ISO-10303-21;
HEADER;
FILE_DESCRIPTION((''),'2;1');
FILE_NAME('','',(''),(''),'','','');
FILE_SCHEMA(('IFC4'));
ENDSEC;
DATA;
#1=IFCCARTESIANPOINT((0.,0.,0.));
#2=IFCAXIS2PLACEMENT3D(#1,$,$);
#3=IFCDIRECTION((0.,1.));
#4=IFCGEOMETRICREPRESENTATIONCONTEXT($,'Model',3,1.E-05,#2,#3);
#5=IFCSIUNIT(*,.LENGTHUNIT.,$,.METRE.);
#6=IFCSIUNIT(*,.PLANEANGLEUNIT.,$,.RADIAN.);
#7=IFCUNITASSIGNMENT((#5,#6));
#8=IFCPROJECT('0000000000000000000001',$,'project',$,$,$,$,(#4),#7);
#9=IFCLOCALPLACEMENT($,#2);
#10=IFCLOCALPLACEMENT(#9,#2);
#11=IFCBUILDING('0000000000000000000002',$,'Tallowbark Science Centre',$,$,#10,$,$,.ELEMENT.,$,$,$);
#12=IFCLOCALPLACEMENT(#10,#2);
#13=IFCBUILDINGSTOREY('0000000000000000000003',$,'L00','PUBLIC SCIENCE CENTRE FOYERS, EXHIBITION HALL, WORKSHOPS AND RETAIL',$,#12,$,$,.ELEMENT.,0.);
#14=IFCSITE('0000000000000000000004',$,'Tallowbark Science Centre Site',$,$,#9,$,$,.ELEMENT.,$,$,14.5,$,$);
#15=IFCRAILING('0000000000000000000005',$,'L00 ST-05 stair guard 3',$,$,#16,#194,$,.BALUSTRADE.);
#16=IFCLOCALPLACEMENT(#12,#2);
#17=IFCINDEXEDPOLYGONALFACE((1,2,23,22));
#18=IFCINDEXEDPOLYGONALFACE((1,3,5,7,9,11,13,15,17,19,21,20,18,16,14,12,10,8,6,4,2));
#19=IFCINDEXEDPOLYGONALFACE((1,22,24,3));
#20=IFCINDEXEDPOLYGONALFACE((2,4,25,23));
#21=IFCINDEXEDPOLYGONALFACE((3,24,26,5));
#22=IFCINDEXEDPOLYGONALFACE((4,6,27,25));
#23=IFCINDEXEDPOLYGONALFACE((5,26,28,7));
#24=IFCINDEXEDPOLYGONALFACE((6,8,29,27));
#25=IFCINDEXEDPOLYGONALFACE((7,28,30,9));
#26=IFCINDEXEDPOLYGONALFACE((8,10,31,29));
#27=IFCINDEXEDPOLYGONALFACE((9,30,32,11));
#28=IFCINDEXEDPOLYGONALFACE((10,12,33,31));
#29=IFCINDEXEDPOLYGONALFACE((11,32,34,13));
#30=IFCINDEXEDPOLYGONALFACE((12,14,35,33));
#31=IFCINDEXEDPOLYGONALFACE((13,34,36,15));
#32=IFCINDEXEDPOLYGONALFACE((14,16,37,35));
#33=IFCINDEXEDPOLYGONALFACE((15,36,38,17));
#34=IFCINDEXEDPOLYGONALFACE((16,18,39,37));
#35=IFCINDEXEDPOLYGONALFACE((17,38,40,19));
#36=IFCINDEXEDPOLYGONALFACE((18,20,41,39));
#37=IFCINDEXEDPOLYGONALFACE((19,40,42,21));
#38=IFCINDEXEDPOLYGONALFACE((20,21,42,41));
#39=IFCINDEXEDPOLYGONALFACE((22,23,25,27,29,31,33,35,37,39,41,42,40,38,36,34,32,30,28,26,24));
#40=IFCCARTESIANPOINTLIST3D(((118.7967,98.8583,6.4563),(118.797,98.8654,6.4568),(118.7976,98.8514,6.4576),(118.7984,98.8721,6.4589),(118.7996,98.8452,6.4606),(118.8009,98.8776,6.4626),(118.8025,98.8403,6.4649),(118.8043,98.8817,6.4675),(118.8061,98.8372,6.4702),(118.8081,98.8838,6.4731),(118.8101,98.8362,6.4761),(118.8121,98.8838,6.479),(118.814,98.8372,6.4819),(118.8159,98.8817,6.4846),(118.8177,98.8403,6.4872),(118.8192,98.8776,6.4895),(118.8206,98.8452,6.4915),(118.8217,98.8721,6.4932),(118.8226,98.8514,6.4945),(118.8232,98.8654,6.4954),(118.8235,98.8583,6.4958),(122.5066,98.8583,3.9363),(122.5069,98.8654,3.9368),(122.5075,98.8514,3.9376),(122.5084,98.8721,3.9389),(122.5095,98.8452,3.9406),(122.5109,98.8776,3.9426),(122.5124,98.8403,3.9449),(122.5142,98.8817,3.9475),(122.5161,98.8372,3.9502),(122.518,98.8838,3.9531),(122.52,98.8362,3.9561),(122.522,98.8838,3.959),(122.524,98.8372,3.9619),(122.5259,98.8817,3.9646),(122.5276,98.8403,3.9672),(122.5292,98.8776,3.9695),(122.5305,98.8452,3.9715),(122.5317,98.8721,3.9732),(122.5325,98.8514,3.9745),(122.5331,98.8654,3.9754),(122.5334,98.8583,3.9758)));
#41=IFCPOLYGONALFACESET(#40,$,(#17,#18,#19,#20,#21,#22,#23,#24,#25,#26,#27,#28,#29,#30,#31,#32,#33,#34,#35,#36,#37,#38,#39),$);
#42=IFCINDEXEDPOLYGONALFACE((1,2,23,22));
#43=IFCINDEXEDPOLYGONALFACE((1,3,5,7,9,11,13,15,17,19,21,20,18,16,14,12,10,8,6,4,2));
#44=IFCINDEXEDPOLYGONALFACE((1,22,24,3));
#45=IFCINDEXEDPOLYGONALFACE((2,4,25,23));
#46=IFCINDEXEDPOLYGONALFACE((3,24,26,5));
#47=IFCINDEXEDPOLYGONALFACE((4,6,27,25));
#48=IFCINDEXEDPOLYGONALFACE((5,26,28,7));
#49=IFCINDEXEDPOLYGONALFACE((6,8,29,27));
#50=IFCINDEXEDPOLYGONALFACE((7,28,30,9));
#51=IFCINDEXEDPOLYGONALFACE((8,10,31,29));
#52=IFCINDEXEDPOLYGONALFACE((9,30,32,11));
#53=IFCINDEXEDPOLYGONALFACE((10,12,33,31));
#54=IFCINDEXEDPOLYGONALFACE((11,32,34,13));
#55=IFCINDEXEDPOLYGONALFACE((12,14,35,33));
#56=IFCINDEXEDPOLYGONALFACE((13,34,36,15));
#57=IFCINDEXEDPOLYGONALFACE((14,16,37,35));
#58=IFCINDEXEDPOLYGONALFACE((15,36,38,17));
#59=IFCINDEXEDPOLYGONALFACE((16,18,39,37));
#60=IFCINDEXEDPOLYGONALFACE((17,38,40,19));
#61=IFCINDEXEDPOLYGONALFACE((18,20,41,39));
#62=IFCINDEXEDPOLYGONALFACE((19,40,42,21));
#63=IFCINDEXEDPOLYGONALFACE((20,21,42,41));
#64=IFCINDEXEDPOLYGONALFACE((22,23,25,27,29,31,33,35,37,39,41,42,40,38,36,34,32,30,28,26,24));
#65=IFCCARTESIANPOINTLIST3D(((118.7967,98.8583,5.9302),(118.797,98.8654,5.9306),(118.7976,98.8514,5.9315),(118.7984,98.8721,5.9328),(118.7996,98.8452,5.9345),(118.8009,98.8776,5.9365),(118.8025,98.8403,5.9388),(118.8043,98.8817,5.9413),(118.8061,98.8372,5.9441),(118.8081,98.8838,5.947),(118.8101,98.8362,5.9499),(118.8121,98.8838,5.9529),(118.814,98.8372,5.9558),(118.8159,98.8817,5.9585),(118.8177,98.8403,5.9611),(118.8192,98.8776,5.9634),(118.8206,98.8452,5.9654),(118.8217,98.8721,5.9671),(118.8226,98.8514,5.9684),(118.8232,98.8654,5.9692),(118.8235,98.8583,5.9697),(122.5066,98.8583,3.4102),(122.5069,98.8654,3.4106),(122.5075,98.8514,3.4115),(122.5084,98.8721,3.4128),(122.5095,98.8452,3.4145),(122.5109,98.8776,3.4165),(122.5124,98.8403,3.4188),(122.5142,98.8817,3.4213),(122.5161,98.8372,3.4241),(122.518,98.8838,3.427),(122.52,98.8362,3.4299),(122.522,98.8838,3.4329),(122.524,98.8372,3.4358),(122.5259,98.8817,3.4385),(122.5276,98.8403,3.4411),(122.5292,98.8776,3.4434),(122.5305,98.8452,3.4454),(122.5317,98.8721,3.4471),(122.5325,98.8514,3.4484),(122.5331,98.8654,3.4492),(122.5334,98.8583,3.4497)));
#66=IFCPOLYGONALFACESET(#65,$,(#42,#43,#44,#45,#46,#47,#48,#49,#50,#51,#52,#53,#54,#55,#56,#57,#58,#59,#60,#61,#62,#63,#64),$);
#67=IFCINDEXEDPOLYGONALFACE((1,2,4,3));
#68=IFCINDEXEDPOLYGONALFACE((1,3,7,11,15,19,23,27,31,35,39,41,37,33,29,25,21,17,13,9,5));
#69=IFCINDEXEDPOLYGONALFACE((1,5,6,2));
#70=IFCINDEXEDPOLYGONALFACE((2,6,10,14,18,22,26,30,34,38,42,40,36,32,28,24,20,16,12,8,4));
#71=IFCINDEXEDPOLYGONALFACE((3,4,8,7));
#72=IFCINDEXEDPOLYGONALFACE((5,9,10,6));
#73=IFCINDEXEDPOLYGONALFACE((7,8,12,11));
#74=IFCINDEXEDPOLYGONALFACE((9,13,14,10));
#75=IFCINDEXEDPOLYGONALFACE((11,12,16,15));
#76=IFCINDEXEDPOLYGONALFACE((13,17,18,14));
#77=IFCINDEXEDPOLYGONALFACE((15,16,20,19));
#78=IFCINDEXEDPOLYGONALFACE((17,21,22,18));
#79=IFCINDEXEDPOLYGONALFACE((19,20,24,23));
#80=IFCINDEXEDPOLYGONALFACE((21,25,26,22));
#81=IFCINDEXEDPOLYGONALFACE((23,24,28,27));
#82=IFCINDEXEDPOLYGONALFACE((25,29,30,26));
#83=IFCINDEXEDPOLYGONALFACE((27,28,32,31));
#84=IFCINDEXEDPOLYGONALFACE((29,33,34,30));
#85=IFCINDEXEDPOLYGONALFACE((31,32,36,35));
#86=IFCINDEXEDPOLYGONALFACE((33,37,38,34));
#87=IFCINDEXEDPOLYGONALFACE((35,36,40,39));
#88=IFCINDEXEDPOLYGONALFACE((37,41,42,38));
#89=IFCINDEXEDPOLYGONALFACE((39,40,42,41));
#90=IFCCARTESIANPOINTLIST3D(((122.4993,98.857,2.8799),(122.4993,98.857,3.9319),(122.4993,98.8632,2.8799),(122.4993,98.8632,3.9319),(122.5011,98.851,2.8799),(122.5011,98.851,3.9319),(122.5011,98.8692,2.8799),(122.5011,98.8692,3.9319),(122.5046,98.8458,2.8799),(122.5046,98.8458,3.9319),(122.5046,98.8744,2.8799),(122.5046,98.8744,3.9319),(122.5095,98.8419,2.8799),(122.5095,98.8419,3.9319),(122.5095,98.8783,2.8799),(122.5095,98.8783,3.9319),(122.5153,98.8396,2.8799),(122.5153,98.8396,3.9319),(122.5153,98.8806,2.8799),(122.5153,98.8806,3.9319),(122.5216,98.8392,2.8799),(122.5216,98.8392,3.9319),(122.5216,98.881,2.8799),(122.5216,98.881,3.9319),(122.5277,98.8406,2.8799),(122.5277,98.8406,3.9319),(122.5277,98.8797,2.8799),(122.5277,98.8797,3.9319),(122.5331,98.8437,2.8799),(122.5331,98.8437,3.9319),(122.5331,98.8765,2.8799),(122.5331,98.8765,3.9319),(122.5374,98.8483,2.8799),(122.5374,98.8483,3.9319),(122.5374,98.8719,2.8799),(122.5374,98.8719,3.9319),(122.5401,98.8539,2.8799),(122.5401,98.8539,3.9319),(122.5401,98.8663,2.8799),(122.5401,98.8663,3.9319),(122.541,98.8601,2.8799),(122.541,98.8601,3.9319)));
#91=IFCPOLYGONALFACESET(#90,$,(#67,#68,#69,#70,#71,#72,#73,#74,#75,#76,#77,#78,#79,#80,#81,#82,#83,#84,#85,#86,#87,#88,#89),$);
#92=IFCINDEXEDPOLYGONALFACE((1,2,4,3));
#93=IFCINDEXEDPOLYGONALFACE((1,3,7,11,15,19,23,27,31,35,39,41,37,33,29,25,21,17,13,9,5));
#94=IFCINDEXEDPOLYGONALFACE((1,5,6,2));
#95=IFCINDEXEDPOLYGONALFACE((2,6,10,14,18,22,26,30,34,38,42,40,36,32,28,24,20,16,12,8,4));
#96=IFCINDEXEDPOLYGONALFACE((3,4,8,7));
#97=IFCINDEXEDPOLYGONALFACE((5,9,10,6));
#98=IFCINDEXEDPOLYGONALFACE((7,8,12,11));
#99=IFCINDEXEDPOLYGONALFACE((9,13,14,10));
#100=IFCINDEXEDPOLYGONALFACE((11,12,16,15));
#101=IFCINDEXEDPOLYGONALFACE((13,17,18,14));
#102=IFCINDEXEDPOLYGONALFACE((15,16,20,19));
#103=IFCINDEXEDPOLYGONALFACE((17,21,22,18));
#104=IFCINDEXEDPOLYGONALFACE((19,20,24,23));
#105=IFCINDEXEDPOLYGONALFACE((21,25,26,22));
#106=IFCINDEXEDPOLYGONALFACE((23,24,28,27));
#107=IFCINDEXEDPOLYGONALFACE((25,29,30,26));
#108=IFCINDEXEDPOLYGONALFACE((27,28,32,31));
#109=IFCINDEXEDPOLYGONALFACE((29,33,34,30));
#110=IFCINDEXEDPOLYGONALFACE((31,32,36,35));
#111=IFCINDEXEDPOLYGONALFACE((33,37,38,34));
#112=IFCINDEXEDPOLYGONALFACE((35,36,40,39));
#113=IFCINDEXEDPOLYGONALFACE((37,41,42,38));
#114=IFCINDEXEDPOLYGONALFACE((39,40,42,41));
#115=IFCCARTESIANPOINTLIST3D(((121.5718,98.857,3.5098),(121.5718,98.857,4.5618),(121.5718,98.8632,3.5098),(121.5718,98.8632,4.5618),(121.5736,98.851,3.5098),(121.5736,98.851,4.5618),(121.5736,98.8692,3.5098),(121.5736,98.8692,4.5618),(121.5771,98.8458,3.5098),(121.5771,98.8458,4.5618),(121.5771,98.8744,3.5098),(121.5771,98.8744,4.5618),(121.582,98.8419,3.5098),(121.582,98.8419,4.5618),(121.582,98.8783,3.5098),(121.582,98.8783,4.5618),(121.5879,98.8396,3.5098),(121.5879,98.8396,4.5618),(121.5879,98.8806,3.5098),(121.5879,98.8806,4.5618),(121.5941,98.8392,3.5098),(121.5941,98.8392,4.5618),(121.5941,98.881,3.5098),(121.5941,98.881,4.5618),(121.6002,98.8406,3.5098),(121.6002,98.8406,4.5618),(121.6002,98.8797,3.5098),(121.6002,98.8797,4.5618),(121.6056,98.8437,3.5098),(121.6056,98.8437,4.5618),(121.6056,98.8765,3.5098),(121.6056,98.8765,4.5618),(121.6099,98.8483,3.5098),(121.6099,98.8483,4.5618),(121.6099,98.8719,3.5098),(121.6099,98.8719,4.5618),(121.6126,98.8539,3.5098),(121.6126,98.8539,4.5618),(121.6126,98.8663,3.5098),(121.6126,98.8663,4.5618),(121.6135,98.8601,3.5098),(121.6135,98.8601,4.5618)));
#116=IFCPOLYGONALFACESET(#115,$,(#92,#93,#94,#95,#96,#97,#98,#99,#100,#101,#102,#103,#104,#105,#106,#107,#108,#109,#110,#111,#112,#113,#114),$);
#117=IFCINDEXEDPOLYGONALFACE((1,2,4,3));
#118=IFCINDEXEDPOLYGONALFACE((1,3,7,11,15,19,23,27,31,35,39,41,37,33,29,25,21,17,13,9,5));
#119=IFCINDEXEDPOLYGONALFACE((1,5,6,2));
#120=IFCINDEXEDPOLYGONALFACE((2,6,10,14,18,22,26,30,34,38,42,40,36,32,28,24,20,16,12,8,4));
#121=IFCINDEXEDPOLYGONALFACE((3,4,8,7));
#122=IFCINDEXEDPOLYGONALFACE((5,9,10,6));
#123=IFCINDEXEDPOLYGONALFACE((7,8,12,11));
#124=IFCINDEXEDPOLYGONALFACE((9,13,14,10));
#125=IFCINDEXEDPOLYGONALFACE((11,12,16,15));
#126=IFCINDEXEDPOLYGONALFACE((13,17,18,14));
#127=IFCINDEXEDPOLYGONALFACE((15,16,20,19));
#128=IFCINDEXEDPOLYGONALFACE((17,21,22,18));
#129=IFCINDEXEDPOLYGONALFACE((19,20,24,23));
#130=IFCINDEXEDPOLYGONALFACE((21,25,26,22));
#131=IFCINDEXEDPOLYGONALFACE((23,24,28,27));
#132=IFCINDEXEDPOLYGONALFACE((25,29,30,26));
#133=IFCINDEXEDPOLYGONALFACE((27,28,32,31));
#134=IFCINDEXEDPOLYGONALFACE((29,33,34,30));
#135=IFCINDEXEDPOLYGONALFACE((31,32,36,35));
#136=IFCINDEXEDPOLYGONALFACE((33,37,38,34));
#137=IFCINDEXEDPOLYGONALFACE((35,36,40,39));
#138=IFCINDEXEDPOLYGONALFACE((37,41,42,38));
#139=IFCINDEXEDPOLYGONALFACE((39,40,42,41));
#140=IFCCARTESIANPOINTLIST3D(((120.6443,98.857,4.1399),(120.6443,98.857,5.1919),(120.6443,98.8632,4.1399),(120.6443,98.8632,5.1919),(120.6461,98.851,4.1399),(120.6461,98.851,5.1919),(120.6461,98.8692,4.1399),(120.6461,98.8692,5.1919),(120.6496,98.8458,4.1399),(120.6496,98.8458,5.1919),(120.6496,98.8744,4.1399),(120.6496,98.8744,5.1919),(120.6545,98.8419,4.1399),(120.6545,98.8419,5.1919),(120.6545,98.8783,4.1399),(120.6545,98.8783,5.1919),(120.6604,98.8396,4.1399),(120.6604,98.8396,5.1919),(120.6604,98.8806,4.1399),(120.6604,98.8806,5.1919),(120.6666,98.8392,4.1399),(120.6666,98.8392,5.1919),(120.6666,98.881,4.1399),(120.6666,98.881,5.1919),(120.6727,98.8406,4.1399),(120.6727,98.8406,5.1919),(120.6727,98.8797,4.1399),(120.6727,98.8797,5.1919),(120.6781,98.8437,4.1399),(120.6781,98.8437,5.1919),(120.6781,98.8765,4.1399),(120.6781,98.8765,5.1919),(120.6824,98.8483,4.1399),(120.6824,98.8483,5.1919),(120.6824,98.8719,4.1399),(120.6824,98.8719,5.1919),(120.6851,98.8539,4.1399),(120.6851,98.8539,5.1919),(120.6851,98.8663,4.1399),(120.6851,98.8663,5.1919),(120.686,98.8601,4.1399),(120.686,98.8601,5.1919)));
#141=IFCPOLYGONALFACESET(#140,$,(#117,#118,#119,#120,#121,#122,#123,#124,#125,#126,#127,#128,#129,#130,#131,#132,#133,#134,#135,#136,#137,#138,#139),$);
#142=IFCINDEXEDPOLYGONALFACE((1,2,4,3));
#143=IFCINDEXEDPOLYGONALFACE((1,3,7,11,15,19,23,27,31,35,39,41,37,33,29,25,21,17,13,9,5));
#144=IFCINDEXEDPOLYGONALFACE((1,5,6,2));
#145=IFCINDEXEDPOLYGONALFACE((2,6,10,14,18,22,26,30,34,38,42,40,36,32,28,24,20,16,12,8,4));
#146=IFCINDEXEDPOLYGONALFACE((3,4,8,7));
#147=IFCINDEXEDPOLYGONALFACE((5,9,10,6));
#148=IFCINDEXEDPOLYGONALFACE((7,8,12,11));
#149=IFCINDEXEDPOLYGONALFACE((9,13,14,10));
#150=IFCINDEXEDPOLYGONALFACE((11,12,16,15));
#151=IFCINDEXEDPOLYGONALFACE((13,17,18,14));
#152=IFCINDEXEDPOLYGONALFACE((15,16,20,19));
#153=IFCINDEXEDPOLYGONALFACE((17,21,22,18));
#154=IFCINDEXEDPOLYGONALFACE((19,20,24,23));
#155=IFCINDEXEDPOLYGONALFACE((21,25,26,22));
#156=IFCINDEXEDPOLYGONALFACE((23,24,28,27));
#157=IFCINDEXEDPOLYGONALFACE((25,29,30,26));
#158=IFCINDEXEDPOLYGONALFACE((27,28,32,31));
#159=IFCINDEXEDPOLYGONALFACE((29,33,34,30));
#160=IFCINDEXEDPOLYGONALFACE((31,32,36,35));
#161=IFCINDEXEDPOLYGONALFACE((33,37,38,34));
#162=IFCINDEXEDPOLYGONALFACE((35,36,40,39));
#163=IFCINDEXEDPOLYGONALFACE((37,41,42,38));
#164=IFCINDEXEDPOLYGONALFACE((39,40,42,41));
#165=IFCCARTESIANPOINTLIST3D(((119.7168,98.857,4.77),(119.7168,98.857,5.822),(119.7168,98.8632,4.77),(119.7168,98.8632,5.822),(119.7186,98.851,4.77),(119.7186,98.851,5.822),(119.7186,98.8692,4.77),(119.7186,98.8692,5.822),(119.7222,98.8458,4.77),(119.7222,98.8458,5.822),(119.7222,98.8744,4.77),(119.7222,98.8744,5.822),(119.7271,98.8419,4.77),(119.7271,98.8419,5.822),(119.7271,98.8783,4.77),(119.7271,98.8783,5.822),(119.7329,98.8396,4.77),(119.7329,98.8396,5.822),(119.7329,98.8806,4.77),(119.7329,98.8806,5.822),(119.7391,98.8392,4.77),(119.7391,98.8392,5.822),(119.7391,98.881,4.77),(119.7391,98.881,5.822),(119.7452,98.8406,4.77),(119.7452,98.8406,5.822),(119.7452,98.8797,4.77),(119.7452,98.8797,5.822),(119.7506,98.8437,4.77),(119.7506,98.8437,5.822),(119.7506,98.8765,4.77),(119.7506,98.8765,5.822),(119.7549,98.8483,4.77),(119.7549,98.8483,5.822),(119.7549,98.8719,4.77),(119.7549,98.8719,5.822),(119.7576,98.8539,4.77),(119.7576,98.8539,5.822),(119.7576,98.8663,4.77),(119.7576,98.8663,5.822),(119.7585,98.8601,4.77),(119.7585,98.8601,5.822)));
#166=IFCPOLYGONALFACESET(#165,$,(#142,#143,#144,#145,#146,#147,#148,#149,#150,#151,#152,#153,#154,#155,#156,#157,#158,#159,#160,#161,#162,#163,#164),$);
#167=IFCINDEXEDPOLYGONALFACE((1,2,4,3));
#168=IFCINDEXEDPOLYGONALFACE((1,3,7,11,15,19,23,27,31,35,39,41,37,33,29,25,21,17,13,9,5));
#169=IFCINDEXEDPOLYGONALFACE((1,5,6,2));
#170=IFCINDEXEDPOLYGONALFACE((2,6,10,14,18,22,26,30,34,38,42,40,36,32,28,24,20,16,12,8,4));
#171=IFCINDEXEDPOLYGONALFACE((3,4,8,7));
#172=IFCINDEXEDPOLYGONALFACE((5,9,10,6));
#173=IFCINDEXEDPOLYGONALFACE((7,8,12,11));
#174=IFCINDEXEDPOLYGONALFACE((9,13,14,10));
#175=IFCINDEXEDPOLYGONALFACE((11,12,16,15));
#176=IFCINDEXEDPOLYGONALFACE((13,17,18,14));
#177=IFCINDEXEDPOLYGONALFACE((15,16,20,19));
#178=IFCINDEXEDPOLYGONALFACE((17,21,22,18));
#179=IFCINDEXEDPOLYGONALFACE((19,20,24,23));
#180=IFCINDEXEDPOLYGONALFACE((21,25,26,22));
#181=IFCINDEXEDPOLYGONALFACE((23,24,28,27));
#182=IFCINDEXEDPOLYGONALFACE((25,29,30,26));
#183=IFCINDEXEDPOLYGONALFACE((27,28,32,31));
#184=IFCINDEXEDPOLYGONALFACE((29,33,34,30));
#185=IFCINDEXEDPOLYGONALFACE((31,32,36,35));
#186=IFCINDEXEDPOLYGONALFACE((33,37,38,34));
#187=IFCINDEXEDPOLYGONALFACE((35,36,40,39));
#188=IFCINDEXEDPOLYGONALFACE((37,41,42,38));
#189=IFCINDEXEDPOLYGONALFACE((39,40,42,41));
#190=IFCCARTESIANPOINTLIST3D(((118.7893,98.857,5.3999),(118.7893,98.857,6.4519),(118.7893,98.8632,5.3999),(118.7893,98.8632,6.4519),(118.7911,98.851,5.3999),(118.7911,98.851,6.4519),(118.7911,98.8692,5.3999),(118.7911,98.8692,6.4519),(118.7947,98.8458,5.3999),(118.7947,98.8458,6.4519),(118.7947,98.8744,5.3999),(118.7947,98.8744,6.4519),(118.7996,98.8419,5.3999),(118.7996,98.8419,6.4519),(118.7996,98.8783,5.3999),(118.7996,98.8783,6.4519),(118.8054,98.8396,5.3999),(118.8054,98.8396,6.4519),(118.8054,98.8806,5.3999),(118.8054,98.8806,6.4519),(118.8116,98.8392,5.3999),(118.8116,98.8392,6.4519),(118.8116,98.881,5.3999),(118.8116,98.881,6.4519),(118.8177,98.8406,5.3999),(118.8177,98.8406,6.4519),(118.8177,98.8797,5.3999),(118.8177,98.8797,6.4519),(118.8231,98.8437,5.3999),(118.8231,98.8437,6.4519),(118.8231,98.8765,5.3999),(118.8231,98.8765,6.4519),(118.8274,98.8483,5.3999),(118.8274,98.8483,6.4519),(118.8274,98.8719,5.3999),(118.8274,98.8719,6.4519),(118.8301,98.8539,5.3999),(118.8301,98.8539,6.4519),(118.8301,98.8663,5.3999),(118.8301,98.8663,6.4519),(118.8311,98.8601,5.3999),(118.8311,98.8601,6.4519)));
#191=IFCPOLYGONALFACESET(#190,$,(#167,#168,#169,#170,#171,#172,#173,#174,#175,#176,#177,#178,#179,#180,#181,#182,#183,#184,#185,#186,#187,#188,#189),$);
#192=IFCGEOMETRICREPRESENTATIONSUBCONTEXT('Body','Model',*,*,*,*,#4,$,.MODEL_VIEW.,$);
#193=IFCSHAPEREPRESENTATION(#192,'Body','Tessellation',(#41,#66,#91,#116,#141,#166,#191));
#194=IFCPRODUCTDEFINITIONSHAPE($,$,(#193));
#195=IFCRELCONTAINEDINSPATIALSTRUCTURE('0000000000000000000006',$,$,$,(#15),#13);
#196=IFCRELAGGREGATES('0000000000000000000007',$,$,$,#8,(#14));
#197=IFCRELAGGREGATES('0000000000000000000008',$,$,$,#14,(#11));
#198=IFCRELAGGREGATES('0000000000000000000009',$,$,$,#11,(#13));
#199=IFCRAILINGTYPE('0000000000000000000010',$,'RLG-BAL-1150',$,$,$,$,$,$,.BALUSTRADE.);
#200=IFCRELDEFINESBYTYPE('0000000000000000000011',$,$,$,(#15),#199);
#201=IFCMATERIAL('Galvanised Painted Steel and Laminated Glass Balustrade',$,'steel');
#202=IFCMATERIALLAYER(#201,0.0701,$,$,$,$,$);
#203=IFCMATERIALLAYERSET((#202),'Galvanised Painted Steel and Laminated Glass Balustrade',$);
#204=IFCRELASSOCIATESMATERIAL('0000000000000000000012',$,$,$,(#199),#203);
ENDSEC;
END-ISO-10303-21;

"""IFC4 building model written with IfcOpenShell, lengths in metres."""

from ifc_helpers import new_model, si_unit, direction, frame, origin, origin_2d, place, context, subcontext, project, spatial, circle, extrude, material, layer, layer_set, type_object, element, save


model = new_model("IFC4")

# Units and contexts
model_context = context("Model", 3, precision=1e-05, world=origin(), true_north=direction((0.0, 1.0)))
body_context = subcontext(model_context, "Body", "Model", "MODEL_VIEW")
ifc_project = project(units=[si_unit("LENGTHUNIT", "METRE"), si_unit("PLANEANGLEUNIT", "RADIAN")], contexts=[model_context])

# Site, building, storey
site_placement = place(None, origin())
site = spatial("IfcSite", under=ifc_project, at=site_placement, Name="Tallowbark Science Centre Site", CompositionType="ELEMENT", RefElevation=14.5)
building_placement = place(site_placement, origin())
building = spatial("IfcBuilding", under=site, at=building_placement, Name="Tallowbark Science Centre", CompositionType="ELEMENT")
storey_placement = place(building_placement, origin())
storey = spatial("IfcBuildingStorey", under=building, at=storey_placement, Name="L00", Description="PUBLIC SCIENCE CENTRE FOYERS, EXHIBITION HALL, WORKSHOPS AND RETAIL", CompositionType="ELEMENT", Elevation=0.0)

# Railing
ifc_material_1 = material(Name="Galvanised Painted Steel and Laminated Glass Balustrade", Category="steel")
ifc_layer_1 = layer(ifc_material_1, 0.0701)
ifc_layer_set_1 = layer_set([ifc_layer_1], Name="Galvanised Painted Steel and Laminated Glass Balustrade")
railing_type_1 = type_object("IfcRailingType", Name="RLG-BAL-1150", PredefinedType="BALUSTRADE", material=ifc_layer_set_1)
railing_1_placement = place(storey_placement, frame((122.52, 98.8601, 2.8799)))
element("IfcRailing", 1, at=railing_1_placement, inside=storey, type_object=railing_type_1, Name="L00 ST-05 stair guard 3", PredefinedType="BALUSTRADE", context=body_context, shape_type="SweptSolid", body=[
    extrude(circle(Radius=0.0239, at=origin_2d()), frame((0.0, 0.0, 1.0762), z_axis=(-0.827212, 0.0, 0.56189), x_axis=(0.0, -1.0, 0.0)), (0.0, 0.0, 1.0), 4.4849),
    extrude(circle(Radius=0.0239, at=origin_2d()), frame((0.0, 0.0, 0.55), z_axis=(-0.827212, 0.0, 0.56189), x_axis=(0.0, -1.0, 0.0)), (0.0, 0.0, 1.0), 4.4849),
    extrude(circle(Radius=0.021, at=origin_2d()), origin(), (0.0, 0.0, 1.0), 1.052),
    extrude(circle(Radius=0.021, at=origin_2d()), frame((-0.9275, 0.0, 0.6299)), (0.0, 0.0, 1.0), 1.052),
    extrude(circle(Radius=0.021, at=origin_2d()), frame((-1.855, 0.0, 1.26)), (0.0, 0.0, 1.0), 1.052),
    extrude(circle(Radius=0.021, at=origin_2d()), frame((-2.7825, 0.0, 1.8901)), (0.0, 0.0, 1.0), 1.052),
    extrude(circle(Radius=0.021, at=origin_2d()), frame((-3.71, 0.0, 2.52)), (0.0, 0.0, 1.0), 1.052),
])

save(model, "model.ifc")
